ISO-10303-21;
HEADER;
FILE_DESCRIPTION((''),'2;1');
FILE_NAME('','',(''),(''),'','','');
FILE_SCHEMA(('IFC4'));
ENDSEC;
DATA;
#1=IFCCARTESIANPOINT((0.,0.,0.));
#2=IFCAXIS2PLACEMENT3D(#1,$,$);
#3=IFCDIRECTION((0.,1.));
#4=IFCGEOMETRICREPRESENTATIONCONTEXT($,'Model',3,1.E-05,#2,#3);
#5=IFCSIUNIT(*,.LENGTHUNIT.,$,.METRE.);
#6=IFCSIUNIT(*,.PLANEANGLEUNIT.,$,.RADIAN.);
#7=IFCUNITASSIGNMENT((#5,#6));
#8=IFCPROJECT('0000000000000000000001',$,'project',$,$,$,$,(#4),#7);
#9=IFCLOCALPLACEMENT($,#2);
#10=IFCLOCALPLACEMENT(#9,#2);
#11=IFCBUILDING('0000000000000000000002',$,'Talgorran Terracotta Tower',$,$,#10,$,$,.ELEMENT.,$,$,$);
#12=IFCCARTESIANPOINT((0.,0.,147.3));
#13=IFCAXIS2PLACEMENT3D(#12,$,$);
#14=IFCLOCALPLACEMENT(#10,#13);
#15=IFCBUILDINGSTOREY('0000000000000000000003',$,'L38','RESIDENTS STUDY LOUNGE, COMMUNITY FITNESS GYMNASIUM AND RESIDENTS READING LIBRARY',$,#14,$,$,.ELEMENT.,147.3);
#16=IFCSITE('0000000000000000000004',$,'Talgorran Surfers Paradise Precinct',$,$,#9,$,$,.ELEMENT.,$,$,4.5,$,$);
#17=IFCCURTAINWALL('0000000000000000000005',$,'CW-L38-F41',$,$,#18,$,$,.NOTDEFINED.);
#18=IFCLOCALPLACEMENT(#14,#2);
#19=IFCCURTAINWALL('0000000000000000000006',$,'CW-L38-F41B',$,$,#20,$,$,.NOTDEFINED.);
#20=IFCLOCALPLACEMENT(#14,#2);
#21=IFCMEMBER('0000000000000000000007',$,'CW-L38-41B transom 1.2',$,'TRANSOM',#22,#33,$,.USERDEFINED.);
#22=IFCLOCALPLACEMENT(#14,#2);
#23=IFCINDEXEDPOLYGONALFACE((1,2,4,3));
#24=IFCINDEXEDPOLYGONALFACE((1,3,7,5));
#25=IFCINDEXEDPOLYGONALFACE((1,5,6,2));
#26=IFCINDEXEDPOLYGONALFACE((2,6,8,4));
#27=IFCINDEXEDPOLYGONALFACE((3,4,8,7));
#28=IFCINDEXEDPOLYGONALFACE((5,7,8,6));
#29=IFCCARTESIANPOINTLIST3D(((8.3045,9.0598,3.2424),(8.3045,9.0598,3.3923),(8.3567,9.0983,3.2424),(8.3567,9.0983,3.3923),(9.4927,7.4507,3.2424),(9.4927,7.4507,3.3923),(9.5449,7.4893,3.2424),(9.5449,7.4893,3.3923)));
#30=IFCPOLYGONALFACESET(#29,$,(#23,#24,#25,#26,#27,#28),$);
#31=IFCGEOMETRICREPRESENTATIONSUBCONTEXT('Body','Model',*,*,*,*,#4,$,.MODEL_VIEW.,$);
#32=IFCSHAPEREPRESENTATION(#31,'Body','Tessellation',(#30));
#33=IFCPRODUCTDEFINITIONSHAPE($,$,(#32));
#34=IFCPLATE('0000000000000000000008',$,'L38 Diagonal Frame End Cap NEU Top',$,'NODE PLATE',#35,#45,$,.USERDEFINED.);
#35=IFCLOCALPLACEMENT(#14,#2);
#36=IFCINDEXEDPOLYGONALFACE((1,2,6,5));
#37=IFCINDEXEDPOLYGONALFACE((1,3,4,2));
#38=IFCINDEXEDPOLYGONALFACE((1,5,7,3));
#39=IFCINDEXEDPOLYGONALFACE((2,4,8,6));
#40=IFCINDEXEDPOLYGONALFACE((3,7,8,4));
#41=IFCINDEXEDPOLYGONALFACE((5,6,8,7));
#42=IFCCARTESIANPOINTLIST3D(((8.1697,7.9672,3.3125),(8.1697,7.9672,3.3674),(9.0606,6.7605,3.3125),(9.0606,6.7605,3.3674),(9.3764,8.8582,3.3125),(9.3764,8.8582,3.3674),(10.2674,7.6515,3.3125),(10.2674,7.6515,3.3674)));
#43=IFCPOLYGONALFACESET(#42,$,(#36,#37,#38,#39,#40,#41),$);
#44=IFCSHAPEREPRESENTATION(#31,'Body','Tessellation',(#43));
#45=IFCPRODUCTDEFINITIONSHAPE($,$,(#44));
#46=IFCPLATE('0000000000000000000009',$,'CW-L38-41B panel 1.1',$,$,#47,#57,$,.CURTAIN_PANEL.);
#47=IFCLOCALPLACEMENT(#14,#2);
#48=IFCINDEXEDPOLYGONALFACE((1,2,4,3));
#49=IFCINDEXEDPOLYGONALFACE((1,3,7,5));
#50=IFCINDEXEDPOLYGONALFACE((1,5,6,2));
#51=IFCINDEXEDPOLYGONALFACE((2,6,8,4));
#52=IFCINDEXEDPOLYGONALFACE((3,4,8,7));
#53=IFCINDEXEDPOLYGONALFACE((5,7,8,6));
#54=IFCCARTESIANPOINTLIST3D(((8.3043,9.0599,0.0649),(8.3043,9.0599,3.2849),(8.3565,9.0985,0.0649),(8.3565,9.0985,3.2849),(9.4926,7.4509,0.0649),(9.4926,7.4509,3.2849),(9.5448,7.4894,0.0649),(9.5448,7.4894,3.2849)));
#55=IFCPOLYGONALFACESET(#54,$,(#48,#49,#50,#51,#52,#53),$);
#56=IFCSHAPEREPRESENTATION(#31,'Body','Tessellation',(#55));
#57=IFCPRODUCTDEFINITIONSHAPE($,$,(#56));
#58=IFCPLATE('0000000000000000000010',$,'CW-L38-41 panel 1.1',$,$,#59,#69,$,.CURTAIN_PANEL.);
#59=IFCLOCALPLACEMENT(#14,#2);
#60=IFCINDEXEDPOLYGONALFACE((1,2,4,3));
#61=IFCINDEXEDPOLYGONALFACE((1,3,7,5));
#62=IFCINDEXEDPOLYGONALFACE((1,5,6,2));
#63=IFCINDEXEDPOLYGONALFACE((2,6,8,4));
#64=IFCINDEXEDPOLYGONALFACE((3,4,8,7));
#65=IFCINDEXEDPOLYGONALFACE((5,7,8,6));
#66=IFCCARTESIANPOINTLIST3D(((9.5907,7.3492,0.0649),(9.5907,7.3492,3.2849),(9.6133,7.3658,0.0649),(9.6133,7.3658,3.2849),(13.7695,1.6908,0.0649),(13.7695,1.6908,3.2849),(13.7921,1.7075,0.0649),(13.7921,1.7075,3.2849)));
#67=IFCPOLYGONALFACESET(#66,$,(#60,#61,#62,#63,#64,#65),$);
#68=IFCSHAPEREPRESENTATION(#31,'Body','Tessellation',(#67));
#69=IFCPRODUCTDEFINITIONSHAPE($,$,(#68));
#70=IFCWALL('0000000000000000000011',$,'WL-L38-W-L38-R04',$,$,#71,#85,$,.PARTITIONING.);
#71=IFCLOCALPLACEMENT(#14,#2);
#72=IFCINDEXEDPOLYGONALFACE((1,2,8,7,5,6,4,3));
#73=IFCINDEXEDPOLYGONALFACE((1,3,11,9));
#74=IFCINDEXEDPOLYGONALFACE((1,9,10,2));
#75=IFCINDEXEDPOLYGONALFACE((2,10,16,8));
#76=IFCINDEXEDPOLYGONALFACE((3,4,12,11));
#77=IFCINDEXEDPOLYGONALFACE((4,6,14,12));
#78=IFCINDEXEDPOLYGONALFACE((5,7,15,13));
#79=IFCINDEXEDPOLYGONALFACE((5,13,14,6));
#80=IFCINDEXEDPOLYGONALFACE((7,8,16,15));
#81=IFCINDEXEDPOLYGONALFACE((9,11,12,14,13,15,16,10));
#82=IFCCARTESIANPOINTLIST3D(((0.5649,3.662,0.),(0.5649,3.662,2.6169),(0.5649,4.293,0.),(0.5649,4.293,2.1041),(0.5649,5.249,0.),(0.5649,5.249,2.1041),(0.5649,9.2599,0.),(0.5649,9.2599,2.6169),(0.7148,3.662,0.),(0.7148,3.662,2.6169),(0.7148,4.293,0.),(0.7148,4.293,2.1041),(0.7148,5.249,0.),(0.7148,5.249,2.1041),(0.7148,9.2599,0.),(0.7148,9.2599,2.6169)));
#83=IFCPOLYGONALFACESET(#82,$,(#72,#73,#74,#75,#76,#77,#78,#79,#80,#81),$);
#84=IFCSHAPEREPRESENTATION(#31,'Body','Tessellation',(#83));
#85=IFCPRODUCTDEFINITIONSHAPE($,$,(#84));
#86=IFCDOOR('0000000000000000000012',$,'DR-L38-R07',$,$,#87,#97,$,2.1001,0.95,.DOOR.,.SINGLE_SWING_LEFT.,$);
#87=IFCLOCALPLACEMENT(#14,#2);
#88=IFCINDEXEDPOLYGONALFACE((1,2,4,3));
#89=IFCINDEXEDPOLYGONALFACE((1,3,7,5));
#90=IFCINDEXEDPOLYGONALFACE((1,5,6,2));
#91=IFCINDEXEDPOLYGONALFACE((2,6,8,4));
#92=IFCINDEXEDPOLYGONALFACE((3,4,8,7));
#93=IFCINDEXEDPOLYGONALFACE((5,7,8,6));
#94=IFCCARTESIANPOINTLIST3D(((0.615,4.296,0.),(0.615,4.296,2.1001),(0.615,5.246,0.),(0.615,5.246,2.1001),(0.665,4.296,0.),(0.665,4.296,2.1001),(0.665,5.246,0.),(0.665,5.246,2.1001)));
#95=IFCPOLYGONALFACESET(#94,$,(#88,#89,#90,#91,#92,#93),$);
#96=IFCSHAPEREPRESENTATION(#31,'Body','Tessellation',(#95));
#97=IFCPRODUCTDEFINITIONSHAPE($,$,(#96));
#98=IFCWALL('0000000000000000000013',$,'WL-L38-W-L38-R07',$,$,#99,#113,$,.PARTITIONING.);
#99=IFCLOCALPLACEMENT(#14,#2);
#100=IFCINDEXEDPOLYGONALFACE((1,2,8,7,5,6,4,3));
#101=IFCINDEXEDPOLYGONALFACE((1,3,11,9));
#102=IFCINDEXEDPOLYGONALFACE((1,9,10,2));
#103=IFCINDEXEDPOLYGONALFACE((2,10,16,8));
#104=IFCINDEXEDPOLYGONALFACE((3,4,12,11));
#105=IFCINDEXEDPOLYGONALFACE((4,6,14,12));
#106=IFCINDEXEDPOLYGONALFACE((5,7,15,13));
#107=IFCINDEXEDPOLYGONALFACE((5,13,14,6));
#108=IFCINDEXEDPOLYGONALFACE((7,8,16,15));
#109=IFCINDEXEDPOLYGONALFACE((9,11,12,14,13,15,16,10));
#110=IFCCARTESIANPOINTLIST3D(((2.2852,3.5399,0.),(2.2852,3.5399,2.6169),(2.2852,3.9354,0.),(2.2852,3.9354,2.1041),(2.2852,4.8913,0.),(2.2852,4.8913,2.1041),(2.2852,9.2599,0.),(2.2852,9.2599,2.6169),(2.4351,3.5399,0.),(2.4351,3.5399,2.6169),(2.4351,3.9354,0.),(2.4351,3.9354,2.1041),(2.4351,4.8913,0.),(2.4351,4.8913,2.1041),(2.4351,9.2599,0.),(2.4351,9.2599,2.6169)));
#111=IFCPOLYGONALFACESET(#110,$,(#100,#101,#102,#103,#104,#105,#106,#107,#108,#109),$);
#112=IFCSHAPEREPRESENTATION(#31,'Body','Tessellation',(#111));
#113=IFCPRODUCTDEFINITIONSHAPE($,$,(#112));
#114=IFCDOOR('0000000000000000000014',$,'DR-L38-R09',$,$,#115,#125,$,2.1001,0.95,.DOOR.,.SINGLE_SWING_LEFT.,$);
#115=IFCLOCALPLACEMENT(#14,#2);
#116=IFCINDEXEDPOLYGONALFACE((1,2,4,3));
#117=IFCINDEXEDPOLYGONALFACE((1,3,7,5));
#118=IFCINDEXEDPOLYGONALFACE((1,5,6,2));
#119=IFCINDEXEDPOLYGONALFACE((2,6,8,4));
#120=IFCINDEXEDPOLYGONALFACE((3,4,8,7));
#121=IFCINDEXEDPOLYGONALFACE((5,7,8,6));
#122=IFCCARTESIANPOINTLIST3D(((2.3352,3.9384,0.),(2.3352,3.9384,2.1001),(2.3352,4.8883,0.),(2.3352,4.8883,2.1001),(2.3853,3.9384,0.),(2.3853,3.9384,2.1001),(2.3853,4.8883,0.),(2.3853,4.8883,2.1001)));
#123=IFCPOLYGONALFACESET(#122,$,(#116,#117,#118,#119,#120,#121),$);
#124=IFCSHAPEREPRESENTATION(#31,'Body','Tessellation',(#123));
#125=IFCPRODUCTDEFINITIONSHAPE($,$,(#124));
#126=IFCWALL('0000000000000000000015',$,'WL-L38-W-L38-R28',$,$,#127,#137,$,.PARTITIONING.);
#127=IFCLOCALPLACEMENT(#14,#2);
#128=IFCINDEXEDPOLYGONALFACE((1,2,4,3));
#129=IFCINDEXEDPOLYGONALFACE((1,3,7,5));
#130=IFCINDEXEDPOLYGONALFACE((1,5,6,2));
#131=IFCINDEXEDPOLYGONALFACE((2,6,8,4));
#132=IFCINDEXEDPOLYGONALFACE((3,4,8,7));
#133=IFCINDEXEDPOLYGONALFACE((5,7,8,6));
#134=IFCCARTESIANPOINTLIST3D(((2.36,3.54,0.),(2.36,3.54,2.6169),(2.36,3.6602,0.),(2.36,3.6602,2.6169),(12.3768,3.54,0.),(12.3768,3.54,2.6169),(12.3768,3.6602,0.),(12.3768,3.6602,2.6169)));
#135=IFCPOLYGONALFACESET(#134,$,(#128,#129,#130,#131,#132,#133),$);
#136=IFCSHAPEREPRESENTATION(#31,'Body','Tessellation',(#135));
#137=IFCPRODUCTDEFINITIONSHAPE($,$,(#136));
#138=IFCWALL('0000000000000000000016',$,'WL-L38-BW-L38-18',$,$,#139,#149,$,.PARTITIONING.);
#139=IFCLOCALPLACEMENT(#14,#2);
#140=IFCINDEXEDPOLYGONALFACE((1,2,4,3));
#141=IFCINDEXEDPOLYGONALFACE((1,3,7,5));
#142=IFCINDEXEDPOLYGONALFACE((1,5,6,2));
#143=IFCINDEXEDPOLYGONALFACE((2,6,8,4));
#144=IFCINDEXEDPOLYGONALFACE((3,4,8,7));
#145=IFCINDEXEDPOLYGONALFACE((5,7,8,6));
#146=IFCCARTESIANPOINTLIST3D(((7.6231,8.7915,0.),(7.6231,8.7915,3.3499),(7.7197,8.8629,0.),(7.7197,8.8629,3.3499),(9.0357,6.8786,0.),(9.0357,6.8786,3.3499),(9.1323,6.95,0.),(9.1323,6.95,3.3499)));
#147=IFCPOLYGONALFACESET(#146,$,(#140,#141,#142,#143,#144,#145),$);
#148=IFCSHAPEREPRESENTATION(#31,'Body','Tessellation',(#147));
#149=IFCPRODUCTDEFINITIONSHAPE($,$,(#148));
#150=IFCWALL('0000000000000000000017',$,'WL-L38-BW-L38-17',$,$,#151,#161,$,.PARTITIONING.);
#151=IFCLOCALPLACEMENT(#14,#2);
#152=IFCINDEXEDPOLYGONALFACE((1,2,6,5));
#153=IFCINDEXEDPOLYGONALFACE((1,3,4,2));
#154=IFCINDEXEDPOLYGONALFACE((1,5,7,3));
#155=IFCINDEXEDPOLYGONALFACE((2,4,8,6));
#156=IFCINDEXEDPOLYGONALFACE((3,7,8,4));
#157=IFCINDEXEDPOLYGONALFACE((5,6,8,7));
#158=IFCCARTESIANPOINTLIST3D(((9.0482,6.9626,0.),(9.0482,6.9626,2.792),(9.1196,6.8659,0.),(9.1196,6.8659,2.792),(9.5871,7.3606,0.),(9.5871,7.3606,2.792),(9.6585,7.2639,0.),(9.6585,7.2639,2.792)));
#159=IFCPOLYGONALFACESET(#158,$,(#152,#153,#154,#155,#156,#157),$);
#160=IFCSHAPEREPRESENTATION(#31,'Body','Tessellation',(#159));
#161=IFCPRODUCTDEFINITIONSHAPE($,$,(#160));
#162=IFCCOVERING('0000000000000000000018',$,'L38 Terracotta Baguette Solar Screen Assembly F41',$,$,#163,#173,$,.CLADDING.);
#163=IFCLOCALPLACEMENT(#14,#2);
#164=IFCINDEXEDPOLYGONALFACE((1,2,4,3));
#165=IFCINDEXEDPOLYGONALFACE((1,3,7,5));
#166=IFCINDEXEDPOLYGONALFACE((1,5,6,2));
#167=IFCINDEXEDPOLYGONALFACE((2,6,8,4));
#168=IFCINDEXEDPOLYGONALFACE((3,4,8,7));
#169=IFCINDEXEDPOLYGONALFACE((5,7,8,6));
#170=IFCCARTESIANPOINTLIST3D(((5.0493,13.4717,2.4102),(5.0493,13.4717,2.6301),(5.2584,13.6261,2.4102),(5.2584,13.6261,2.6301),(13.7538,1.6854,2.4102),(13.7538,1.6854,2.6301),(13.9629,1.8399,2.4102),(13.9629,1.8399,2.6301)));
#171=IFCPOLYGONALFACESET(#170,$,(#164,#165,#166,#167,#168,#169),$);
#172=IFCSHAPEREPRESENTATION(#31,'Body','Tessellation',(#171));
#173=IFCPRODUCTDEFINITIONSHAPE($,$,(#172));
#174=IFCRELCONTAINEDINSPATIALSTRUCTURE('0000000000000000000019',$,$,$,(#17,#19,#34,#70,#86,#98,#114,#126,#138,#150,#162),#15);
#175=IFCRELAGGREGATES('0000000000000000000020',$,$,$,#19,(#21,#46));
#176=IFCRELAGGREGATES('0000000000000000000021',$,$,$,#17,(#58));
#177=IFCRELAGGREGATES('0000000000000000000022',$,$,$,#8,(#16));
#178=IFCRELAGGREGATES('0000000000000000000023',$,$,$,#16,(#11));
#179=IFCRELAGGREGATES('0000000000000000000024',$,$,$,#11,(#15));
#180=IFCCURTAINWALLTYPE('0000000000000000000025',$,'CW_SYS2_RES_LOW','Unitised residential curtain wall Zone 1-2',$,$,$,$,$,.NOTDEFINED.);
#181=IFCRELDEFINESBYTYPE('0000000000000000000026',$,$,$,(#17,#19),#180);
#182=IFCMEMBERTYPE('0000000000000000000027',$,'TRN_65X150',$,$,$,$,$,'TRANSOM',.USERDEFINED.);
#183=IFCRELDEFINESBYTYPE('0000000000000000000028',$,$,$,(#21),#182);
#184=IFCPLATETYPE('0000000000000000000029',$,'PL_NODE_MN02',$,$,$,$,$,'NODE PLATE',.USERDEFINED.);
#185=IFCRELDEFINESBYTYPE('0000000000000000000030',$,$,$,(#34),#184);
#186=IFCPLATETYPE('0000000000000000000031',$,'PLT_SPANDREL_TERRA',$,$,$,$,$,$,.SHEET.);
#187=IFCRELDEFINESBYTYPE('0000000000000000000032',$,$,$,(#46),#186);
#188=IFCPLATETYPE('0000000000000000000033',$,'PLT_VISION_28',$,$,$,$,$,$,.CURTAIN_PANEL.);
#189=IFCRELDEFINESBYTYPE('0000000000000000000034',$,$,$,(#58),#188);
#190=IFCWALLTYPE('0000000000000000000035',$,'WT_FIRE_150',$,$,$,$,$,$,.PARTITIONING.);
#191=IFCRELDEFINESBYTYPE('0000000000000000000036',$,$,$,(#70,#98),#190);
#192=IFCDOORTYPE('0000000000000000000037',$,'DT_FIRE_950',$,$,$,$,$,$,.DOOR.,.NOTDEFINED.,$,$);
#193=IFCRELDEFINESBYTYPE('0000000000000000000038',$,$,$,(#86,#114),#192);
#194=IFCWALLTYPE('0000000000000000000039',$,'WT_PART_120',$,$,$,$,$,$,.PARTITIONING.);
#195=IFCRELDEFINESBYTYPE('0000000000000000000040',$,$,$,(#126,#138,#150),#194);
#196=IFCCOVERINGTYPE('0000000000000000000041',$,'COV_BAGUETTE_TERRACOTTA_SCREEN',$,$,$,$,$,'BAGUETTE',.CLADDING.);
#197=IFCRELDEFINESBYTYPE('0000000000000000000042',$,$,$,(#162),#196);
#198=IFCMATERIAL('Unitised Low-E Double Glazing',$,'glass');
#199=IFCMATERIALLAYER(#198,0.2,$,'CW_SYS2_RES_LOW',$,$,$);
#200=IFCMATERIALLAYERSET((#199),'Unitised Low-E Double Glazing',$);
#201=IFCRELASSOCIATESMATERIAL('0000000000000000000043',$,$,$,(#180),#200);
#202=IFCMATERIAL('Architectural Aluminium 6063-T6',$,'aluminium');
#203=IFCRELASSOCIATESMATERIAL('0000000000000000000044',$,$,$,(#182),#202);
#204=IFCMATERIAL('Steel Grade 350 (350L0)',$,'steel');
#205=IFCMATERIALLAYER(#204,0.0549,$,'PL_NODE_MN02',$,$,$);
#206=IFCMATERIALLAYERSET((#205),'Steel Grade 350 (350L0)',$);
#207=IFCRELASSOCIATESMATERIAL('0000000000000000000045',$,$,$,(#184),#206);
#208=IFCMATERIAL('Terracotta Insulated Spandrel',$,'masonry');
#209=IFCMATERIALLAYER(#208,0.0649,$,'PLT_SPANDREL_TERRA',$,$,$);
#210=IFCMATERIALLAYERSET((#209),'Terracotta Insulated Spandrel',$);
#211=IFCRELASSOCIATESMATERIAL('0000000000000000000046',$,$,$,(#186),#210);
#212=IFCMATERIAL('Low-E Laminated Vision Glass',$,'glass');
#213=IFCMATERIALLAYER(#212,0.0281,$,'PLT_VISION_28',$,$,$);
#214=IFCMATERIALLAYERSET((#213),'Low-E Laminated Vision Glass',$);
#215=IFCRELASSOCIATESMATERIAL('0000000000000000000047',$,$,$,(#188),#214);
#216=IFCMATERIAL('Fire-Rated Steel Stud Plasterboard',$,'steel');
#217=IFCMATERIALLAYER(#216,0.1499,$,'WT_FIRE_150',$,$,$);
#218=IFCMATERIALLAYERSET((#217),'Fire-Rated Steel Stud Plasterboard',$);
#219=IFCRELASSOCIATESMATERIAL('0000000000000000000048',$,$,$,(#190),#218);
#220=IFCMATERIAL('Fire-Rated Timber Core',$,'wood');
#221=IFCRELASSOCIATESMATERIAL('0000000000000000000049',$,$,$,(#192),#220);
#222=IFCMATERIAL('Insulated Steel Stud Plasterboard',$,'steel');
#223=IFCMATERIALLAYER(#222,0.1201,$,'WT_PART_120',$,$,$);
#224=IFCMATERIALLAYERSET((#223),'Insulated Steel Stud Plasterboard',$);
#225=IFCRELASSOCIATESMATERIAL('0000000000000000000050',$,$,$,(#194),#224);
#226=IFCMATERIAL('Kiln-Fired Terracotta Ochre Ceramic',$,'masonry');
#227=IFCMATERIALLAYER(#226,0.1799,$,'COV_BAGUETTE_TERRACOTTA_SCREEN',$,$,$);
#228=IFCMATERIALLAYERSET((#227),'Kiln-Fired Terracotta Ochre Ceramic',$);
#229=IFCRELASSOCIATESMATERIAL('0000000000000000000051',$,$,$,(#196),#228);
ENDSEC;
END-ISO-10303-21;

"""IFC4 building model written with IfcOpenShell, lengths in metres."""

from ifc_helpers import new_model, si_unit, direction, frame, frame_2d, origin, origin_2d, place, context, subcontext, project, spatial, rectangle, extrude, source, transform, mapped, material, layer, layer_set, material_profile, profile_set, type_object, type_shapes, element, fill, aggregate, save


model = new_model("IFC4")

# Units and contexts
model_context = context("Model", 3, precision=1e-05, world=origin(), true_north=direction((0.0, 1.0)))
body_context = subcontext(model_context, "Body", "Model", "MODEL_VIEW")
ifc_project = project(units=[si_unit("LENGTHUNIT", "METRE"), si_unit("PLANEANGLEUNIT", "RADIAN")], contexts=[model_context])

# Site, building, storey
site_placement = place(None, origin())
site = spatial("IfcSite", under=ifc_project, at=site_placement, Name="Talgorran Surfers Paradise Precinct", CompositionType="ELEMENT", RefElevation=4.5)
building_placement = place(site_placement, origin())
building = spatial("IfcBuilding", under=site, at=building_placement, Name="Talgorran Terracotta Tower", CompositionType="ELEMENT")
storey_placement = place(building_placement, frame((0.0, 0.0, 147.3)))
storey = spatial("IfcBuildingStorey", under=building, at=storey_placement, Name="L38", Description="RESIDENTS STUDY LOUNGE, COMMUNITY FITNESS GYMNASIUM AND RESIDENTS READING LIBRARY", CompositionType="ELEMENT", Elevation=147.3)

# Shared definitions
ifc_material_1 = material(Name="Steel Grade 350 (350L0)", Category="steel")

# Curtain wall
ifc_material_2 = material(Name="Unitised Low-E Double Glazing", Category="glass")
ifc_layer_1 = layer(ifc_material_2, 0.2, Name="CW_SYS2_RES_LOW")
ifc_layer_set_1 = layer_set([ifc_layer_1], Name="Unitised Low-E Double Glazing")
curtain_wall_type = type_object("IfcCurtainWallType", Name="CW_SYS2_RES_LOW", Description="Unitised residential curtain wall Zone 1-2", PredefinedType="NOTDEFINED", material=ifc_layer_set_1)
curtain_wall_1_placement = place(storey_placement, origin())
curtain_wall_1 = element("IfcCurtainWall", 1, at=curtain_wall_1_placement, inside=storey, type_object=curtain_wall_type, Name="CW-L38-F41", PredefinedType="NOTDEFINED")
ifc_material_3 = material(Name="Architectural Aluminium 6063-T6", Category="aluminium")

# Curtain wall, member
curtain_wall_2_placement = place(storey_placement, origin())
curtain_wall_2 = element("IfcCurtainWall", 2, at=curtain_wall_2_placement, inside=storey, type_object=curtain_wall_type, Name="CW-L38-F41B", PredefinedType="NOTDEFINED")
ifc_material_profile_1 = material_profile(ifc_material_3, rectangle(XDim=0.0649, YDim=0.1499, at=origin_2d()), Name="CWT65X150")
ifc_profile_set_1 = profile_set([ifc_material_profile_1], Name="Architectural Aluminium 6063-T6")
member_type_1 = type_object("IfcMemberType", Name="TRN_65X150", ElementType="TRANSOM", PredefinedType="USERDEFINED", material=ifc_profile_set_1)
member_1_placement = place(storey_placement, frame((9.5188, 7.47, 3.3174), z_axis=(-0.594027, 0.804445, 0.0), x_axis=(-0.804445, -0.594027, 0.0)))
member_1 = element("IfcMember", 3, at=member_1_placement, type_object=member_type_1, Name="CW-L38-41B transom 1.2", ObjectType="TRANSOM", PredefinedType="USERDEFINED", context=body_context, shape_type="SweptSolid", body=[
    extrude(rectangle(XDim=0.0649, YDim=0.1499, at=origin_2d()), origin(), (0.0, 0.0, 1.0), 2.0002),
])

# Plates
ifc_layer_2 = layer(ifc_material_1, 0.0549, Name="PL_NODE_MN02")
ifc_layer_set_2 = layer_set([ifc_layer_2], Name="Steel Grade 350 (350L0)")
plate_type_1 = type_object("IfcPlateType", Name="PL_NODE_MN02", ElementType="NODE PLATE", PredefinedType="USERDEFINED", material=ifc_layer_set_2)
plate_1_placement = place(storey_placement, frame((9.2185, 7.8093, 3.3125), z_axis=(0.0, 0.0, 1.0), x_axis=(0.593981, -0.804479, 0.0)))
element("IfcPlate", 4, at=plate_1_placement, inside=storey, type_object=plate_type_1, Name="L38 Diagonal Frame End Cap NEU Top", ObjectType="NODE PLATE", PredefinedType="USERDEFINED", context=body_context, shape_type="SweptSolid", body=[
    extrude(rectangle(XDim=1.5, YDim=1.5, at=origin_2d()), origin(), (0.0, 0.0, 1.0), 0.0549),
])
ifc_material_4 = material(Name="Terracotta Insulated Spandrel", Category="masonry")
ifc_layer_3 = layer(ifc_material_4, 0.0649, Name="PLT_SPANDREL_TERRA")
ifc_layer_set_3 = layer_set([ifc_layer_3], Name="Terracotta Insulated Spandrel")
plate_type_2 = type_object("IfcPlateType", Name="PLT_SPANDREL_TERRA", PredefinedType="SHEET", material=ifc_layer_set_3)
shared_shape_1 = source(origin(), body_context, "Body", "SweptSolid", [
    extrude(rectangle(XDim=2.0002, YDim=0.0649, at=origin_2d()), origin(), (0.0, 0.0, 1.0), 3.22),
])
type_shapes(plate_type_2, [shared_shape_1])
plate_2_placement = place(storey_placement, frame((8.9246, 8.2747, 0.0649), z_axis=(0.0, 0.0, 1.0), x_axis=(-0.594065, 0.804417, 0.0)))
plate_2 = element("IfcPlate", 5, at=plate_2_placement, type_object=plate_type_2, Name="CW-L38-41B panel 1.1", PredefinedType="CURTAIN_PANEL", context=body_context, shape_type="MappedRepresentation", body=[
    mapped(shared_shape_1, transform((0.0, 0.0, 0.0), scale=1.0)),
])
aggregate(curtain_wall_2, [member_1, plate_2])
ifc_material_5 = material(Name="Low-E Laminated Vision Glass", Category="glass")
ifc_layer_4 = layer(ifc_material_5, 0.0281, Name="PLT_VISION_28")
ifc_layer_set_4 = layer_set([ifc_layer_4], Name="Low-E Laminated Vision Glass")
plate_type_3 = type_object("IfcPlateType", Name="PLT_VISION_28", PredefinedType="CURTAIN_PANEL", material=ifc_layer_set_4)
shared_shape_2 = source(origin(), body_context, "Body", "SweptSolid", [
    extrude(rectangle(XDim=7.0342, YDim=0.0281, at=origin_2d()), origin(), (0.0, 0.0, 1.0), 3.22),
])
type_shapes(plate_type_3, [shared_shape_2])
plate_3_placement = place(storey_placement, frame((11.6914, 4.5283, 0.0649), z_axis=(0.0, 0.0, 1.0), x_axis=(-0.594074, 0.80441, 0.0)))
plate_3 = element("IfcPlate", 6, at=plate_3_placement, type_object=plate_type_3, Name="CW-L38-41 panel 1.1", PredefinedType="CURTAIN_PANEL", context=body_context, shape_type="MappedRepresentation", body=[
    mapped(shared_shape_2, transform((0.0, 0.0, 0.0), scale=1.0)),
])
aggregate(curtain_wall_1, [plate_3])

# Walls, openings, doors
ifc_material_6 = material(Name="Fire-Rated Steel Stud Plasterboard", Category="steel")
ifc_layer_5 = layer(ifc_material_6, 0.1499, Name="WT_FIRE_150")
ifc_layer_set_5 = layer_set([ifc_layer_5], Name="Fire-Rated Steel Stud Plasterboard")
wall_type_1 = type_object("IfcWallType", Name="WT_FIRE_150", PredefinedType="PARTITIONING", material=ifc_layer_set_5)
wall_1_placement = place(storey_placement, frame((0.6399, 3.6621, 0.0), z_axis=(0.0, 0.0, 1.0), x_axis=(0.0, 1.0, 0.0)))
wall_1 = element("IfcWall", 7, at=wall_1_placement, inside=storey, type_object=wall_type_1, Name="WL-L38-W-L38-R04", PredefinedType="PARTITIONING", context=body_context, shape_type="SweptSolid", body=[
    extrude(rectangle(XDim=5.5979, YDim=0.1499, at=frame_2d((2.7988, 0.0))), origin(), (0.0, 0.0, 1.0), 2.6169),
])
opening_1_placement = place(wall_1_placement, frame((0.6338, 0.0, 0.0)))
opening_1 = element("IfcOpeningElement", 8, at=opening_1_placement, cuts=wall_1, PredefinedType="OPENING", context=body_context, shape_type="SweptSolid", body=[
    extrude(rectangle(XDim=0.956, YDim=2.1041, at=frame_2d((0.4751, 1.052))), frame((0.0, 0.085, 0.0), z_axis=(0.0, -1.0, 0.0), x_axis=(1.0, 0.0, 0.0)), (0.0, 0.0, 1.0), 0.1699),
])
ifc_material_7 = material(Name="Fire-Rated Timber Core", Category="wood")
door_type = type_object("IfcDoorType", Name="DT_FIRE_950", OperationType="NOTDEFINED", PredefinedType="DOOR", material=ifc_material_7)
door_1_placement = place(opening_1_placement, origin())
door_1 = element("IfcDoor", 9, at=door_1_placement, inside=storey, type_object=door_type, Name="DR-L38-R07", OperationType="SINGLE_SWING_LEFT", OverallHeight=2.1001, OverallWidth=0.95, PredefinedType="DOOR", context=body_context, shape_type="SweptSolid", body=[
    extrude(rectangle(XDim=0.95, YDim=2.1001, at=frame_2d((0.4751, 1.05))), frame((0.0, 0.0249, 0.0), z_axis=(0.0, -1.0, 0.0), x_axis=(1.0, 0.0, 0.0)), (0.0, 0.0, 1.0), 0.05),
])
fill(opening_1, door_1)
wall_2_placement = place(storey_placement, frame((2.3601, 3.54, 0.0), z_axis=(0.0, 0.0, 1.0), x_axis=(0.0, 1.0, 0.0)))
wall_2 = element("IfcWall", 10, at=wall_2_placement, inside=storey, type_object=wall_type_1, Name="WL-L38-W-L38-R07", PredefinedType="PARTITIONING", context=body_context, shape_type="SweptSolid", body=[
    extrude(rectangle(XDim=5.72, YDim=0.1499, at=frame_2d((2.8599, 0.0))), origin(), (0.0, 0.0, 1.0), 2.6169),
])
opening_2_placement = place(wall_2_placement, frame((0.3982, 0.0, 0.0)))
opening_2 = element("IfcOpeningElement", 11, at=opening_2_placement, cuts=wall_2, PredefinedType="OPENING", context=body_context, shape_type="SweptSolid", body=[
    extrude(rectangle(XDim=0.956, YDim=2.1041, at=frame_2d((0.4751, 1.052))), frame((0.0, 0.085, 0.0), z_axis=(0.0, -1.0, 0.0), x_axis=(1.0, 0.0, 0.0)), (0.0, 0.0, 1.0), 0.1699),
])
door_2_placement = place(opening_2_placement, origin())
door_2 = element("IfcDoor", 12, at=door_2_placement, inside=storey, type_object=door_type, Name="DR-L38-R09", OperationType="SINGLE_SWING_LEFT", OverallHeight=2.1001, OverallWidth=0.95, PredefinedType="DOOR", context=body_context, shape_type="SweptSolid", body=[
    extrude(rectangle(XDim=0.95, YDim=2.1001, at=frame_2d((0.4751, 1.05))), frame((0.0, 0.0249, 0.0), z_axis=(0.0, -1.0, 0.0), x_axis=(1.0, 0.0, 0.0)), (0.0, 0.0, 1.0), 0.05),
])
fill(opening_2, door_2)

# Walls
ifc_material_8 = material(Name="Insulated Steel Stud Plasterboard", Category="steel")
ifc_layer_6 = layer(ifc_material_8, 0.1201, Name="WT_PART_120")
ifc_layer_set_6 = layer_set([ifc_layer_6], Name="Insulated Steel Stud Plasterboard")
wall_type_2 = type_object("IfcWallType", Name="WT_PART_120", PredefinedType="PARTITIONING", material=ifc_layer_set_6)
wall_3_placement = place(storey_placement, frame((2.3601, 3.6001, 0.0), z_axis=(0.0, 0.0, 1.0), x_axis=(1.0, 0.0, 0.0)))
element("IfcWall", 13, at=wall_3_placement, inside=storey, type_object=wall_type_2, Name="WL-L38-W-L38-R28", PredefinedType="PARTITIONING", context=body_context, shape_type="SweptSolid", body=[
    extrude(rectangle(XDim=10.0168, YDim=0.1201, at=frame_2d((5.0083, 0.0))), origin(), (0.0, 0.0, 1.0), 2.6169),
])
wall_4_placement = place(storey_placement, frame((9.084, 6.9143, 0.0), z_axis=(0.0, 0.0, 1.0), x_axis=(-0.594053, 0.804426, 0.0)))
element("IfcWall", 14, at=wall_4_placement, inside=storey, type_object=wall_type_2, Name="WL-L38-BW-L38-18", PredefinedType="PARTITIONING", context=body_context, shape_type="SweptSolid", body=[
    extrude(rectangle(XDim=2.3779, YDim=0.1201, at=frame_2d((1.189, 0.0))), origin(), (0.0, 0.0, 1.0), 3.3499),
])
wall_5_placement = place(storey_placement, frame((9.6228, 7.3123, 0.0), z_axis=(0.0, 0.0, 1.0), x_axis=(-0.804396, -0.594094, 0.0)))
element("IfcWall", 15, at=wall_5_placement, inside=storey, type_object=wall_type_2, Name="WL-L38-BW-L38-17", PredefinedType="PARTITIONING", context=body_context, shape_type="SweptSolid", body=[
    extrude(rectangle(XDim=0.6699, YDim=0.1201, at=frame_2d((0.335, 0.0))), origin(), (0.0, 0.0, 1.0), 2.792),
])

# Covering
ifc_material_9 = material(Name="Kiln-Fired Terracotta Ochre Ceramic", Category="masonry")
ifc_layer_7 = layer(ifc_material_9, 0.1799, Name="COV_BAGUETTE_TERRACOTTA_SCREEN")
ifc_layer_set_7 = layer_set([ifc_layer_7], Name="Kiln-Fired Terracotta Ochre Ceramic")
covering_type_1 = type_object("IfcCoveringType", Name="COV_BAGUETTE_TERRACOTTA_SCREEN", ElementType="BAGUETTE", PredefinedType="CLADDING", material=ifc_layer_set_7)
covering_1_placement = place(storey_placement, frame((9.5061, 7.6558, 2.4102), z_axis=(0.0, 0.0, 1.0), x_axis=(-0.594079, 0.804407, 0.0)))
element("IfcCovering", 16, at=covering_1_placement, inside=storey, type_object=covering_type_1, Name="L38 Terracotta Baguette Solar Screen Assembly F41", PredefinedType="CLADDING", context=body_context, shape_type="SweptSolid", body=[
    extrude(rectangle(XDim=14.6521, YDim=0.26, at=origin_2d()), origin(), (0.0, 0.0, 1.0), 0.22),
])

save(model, "model.ifc")
